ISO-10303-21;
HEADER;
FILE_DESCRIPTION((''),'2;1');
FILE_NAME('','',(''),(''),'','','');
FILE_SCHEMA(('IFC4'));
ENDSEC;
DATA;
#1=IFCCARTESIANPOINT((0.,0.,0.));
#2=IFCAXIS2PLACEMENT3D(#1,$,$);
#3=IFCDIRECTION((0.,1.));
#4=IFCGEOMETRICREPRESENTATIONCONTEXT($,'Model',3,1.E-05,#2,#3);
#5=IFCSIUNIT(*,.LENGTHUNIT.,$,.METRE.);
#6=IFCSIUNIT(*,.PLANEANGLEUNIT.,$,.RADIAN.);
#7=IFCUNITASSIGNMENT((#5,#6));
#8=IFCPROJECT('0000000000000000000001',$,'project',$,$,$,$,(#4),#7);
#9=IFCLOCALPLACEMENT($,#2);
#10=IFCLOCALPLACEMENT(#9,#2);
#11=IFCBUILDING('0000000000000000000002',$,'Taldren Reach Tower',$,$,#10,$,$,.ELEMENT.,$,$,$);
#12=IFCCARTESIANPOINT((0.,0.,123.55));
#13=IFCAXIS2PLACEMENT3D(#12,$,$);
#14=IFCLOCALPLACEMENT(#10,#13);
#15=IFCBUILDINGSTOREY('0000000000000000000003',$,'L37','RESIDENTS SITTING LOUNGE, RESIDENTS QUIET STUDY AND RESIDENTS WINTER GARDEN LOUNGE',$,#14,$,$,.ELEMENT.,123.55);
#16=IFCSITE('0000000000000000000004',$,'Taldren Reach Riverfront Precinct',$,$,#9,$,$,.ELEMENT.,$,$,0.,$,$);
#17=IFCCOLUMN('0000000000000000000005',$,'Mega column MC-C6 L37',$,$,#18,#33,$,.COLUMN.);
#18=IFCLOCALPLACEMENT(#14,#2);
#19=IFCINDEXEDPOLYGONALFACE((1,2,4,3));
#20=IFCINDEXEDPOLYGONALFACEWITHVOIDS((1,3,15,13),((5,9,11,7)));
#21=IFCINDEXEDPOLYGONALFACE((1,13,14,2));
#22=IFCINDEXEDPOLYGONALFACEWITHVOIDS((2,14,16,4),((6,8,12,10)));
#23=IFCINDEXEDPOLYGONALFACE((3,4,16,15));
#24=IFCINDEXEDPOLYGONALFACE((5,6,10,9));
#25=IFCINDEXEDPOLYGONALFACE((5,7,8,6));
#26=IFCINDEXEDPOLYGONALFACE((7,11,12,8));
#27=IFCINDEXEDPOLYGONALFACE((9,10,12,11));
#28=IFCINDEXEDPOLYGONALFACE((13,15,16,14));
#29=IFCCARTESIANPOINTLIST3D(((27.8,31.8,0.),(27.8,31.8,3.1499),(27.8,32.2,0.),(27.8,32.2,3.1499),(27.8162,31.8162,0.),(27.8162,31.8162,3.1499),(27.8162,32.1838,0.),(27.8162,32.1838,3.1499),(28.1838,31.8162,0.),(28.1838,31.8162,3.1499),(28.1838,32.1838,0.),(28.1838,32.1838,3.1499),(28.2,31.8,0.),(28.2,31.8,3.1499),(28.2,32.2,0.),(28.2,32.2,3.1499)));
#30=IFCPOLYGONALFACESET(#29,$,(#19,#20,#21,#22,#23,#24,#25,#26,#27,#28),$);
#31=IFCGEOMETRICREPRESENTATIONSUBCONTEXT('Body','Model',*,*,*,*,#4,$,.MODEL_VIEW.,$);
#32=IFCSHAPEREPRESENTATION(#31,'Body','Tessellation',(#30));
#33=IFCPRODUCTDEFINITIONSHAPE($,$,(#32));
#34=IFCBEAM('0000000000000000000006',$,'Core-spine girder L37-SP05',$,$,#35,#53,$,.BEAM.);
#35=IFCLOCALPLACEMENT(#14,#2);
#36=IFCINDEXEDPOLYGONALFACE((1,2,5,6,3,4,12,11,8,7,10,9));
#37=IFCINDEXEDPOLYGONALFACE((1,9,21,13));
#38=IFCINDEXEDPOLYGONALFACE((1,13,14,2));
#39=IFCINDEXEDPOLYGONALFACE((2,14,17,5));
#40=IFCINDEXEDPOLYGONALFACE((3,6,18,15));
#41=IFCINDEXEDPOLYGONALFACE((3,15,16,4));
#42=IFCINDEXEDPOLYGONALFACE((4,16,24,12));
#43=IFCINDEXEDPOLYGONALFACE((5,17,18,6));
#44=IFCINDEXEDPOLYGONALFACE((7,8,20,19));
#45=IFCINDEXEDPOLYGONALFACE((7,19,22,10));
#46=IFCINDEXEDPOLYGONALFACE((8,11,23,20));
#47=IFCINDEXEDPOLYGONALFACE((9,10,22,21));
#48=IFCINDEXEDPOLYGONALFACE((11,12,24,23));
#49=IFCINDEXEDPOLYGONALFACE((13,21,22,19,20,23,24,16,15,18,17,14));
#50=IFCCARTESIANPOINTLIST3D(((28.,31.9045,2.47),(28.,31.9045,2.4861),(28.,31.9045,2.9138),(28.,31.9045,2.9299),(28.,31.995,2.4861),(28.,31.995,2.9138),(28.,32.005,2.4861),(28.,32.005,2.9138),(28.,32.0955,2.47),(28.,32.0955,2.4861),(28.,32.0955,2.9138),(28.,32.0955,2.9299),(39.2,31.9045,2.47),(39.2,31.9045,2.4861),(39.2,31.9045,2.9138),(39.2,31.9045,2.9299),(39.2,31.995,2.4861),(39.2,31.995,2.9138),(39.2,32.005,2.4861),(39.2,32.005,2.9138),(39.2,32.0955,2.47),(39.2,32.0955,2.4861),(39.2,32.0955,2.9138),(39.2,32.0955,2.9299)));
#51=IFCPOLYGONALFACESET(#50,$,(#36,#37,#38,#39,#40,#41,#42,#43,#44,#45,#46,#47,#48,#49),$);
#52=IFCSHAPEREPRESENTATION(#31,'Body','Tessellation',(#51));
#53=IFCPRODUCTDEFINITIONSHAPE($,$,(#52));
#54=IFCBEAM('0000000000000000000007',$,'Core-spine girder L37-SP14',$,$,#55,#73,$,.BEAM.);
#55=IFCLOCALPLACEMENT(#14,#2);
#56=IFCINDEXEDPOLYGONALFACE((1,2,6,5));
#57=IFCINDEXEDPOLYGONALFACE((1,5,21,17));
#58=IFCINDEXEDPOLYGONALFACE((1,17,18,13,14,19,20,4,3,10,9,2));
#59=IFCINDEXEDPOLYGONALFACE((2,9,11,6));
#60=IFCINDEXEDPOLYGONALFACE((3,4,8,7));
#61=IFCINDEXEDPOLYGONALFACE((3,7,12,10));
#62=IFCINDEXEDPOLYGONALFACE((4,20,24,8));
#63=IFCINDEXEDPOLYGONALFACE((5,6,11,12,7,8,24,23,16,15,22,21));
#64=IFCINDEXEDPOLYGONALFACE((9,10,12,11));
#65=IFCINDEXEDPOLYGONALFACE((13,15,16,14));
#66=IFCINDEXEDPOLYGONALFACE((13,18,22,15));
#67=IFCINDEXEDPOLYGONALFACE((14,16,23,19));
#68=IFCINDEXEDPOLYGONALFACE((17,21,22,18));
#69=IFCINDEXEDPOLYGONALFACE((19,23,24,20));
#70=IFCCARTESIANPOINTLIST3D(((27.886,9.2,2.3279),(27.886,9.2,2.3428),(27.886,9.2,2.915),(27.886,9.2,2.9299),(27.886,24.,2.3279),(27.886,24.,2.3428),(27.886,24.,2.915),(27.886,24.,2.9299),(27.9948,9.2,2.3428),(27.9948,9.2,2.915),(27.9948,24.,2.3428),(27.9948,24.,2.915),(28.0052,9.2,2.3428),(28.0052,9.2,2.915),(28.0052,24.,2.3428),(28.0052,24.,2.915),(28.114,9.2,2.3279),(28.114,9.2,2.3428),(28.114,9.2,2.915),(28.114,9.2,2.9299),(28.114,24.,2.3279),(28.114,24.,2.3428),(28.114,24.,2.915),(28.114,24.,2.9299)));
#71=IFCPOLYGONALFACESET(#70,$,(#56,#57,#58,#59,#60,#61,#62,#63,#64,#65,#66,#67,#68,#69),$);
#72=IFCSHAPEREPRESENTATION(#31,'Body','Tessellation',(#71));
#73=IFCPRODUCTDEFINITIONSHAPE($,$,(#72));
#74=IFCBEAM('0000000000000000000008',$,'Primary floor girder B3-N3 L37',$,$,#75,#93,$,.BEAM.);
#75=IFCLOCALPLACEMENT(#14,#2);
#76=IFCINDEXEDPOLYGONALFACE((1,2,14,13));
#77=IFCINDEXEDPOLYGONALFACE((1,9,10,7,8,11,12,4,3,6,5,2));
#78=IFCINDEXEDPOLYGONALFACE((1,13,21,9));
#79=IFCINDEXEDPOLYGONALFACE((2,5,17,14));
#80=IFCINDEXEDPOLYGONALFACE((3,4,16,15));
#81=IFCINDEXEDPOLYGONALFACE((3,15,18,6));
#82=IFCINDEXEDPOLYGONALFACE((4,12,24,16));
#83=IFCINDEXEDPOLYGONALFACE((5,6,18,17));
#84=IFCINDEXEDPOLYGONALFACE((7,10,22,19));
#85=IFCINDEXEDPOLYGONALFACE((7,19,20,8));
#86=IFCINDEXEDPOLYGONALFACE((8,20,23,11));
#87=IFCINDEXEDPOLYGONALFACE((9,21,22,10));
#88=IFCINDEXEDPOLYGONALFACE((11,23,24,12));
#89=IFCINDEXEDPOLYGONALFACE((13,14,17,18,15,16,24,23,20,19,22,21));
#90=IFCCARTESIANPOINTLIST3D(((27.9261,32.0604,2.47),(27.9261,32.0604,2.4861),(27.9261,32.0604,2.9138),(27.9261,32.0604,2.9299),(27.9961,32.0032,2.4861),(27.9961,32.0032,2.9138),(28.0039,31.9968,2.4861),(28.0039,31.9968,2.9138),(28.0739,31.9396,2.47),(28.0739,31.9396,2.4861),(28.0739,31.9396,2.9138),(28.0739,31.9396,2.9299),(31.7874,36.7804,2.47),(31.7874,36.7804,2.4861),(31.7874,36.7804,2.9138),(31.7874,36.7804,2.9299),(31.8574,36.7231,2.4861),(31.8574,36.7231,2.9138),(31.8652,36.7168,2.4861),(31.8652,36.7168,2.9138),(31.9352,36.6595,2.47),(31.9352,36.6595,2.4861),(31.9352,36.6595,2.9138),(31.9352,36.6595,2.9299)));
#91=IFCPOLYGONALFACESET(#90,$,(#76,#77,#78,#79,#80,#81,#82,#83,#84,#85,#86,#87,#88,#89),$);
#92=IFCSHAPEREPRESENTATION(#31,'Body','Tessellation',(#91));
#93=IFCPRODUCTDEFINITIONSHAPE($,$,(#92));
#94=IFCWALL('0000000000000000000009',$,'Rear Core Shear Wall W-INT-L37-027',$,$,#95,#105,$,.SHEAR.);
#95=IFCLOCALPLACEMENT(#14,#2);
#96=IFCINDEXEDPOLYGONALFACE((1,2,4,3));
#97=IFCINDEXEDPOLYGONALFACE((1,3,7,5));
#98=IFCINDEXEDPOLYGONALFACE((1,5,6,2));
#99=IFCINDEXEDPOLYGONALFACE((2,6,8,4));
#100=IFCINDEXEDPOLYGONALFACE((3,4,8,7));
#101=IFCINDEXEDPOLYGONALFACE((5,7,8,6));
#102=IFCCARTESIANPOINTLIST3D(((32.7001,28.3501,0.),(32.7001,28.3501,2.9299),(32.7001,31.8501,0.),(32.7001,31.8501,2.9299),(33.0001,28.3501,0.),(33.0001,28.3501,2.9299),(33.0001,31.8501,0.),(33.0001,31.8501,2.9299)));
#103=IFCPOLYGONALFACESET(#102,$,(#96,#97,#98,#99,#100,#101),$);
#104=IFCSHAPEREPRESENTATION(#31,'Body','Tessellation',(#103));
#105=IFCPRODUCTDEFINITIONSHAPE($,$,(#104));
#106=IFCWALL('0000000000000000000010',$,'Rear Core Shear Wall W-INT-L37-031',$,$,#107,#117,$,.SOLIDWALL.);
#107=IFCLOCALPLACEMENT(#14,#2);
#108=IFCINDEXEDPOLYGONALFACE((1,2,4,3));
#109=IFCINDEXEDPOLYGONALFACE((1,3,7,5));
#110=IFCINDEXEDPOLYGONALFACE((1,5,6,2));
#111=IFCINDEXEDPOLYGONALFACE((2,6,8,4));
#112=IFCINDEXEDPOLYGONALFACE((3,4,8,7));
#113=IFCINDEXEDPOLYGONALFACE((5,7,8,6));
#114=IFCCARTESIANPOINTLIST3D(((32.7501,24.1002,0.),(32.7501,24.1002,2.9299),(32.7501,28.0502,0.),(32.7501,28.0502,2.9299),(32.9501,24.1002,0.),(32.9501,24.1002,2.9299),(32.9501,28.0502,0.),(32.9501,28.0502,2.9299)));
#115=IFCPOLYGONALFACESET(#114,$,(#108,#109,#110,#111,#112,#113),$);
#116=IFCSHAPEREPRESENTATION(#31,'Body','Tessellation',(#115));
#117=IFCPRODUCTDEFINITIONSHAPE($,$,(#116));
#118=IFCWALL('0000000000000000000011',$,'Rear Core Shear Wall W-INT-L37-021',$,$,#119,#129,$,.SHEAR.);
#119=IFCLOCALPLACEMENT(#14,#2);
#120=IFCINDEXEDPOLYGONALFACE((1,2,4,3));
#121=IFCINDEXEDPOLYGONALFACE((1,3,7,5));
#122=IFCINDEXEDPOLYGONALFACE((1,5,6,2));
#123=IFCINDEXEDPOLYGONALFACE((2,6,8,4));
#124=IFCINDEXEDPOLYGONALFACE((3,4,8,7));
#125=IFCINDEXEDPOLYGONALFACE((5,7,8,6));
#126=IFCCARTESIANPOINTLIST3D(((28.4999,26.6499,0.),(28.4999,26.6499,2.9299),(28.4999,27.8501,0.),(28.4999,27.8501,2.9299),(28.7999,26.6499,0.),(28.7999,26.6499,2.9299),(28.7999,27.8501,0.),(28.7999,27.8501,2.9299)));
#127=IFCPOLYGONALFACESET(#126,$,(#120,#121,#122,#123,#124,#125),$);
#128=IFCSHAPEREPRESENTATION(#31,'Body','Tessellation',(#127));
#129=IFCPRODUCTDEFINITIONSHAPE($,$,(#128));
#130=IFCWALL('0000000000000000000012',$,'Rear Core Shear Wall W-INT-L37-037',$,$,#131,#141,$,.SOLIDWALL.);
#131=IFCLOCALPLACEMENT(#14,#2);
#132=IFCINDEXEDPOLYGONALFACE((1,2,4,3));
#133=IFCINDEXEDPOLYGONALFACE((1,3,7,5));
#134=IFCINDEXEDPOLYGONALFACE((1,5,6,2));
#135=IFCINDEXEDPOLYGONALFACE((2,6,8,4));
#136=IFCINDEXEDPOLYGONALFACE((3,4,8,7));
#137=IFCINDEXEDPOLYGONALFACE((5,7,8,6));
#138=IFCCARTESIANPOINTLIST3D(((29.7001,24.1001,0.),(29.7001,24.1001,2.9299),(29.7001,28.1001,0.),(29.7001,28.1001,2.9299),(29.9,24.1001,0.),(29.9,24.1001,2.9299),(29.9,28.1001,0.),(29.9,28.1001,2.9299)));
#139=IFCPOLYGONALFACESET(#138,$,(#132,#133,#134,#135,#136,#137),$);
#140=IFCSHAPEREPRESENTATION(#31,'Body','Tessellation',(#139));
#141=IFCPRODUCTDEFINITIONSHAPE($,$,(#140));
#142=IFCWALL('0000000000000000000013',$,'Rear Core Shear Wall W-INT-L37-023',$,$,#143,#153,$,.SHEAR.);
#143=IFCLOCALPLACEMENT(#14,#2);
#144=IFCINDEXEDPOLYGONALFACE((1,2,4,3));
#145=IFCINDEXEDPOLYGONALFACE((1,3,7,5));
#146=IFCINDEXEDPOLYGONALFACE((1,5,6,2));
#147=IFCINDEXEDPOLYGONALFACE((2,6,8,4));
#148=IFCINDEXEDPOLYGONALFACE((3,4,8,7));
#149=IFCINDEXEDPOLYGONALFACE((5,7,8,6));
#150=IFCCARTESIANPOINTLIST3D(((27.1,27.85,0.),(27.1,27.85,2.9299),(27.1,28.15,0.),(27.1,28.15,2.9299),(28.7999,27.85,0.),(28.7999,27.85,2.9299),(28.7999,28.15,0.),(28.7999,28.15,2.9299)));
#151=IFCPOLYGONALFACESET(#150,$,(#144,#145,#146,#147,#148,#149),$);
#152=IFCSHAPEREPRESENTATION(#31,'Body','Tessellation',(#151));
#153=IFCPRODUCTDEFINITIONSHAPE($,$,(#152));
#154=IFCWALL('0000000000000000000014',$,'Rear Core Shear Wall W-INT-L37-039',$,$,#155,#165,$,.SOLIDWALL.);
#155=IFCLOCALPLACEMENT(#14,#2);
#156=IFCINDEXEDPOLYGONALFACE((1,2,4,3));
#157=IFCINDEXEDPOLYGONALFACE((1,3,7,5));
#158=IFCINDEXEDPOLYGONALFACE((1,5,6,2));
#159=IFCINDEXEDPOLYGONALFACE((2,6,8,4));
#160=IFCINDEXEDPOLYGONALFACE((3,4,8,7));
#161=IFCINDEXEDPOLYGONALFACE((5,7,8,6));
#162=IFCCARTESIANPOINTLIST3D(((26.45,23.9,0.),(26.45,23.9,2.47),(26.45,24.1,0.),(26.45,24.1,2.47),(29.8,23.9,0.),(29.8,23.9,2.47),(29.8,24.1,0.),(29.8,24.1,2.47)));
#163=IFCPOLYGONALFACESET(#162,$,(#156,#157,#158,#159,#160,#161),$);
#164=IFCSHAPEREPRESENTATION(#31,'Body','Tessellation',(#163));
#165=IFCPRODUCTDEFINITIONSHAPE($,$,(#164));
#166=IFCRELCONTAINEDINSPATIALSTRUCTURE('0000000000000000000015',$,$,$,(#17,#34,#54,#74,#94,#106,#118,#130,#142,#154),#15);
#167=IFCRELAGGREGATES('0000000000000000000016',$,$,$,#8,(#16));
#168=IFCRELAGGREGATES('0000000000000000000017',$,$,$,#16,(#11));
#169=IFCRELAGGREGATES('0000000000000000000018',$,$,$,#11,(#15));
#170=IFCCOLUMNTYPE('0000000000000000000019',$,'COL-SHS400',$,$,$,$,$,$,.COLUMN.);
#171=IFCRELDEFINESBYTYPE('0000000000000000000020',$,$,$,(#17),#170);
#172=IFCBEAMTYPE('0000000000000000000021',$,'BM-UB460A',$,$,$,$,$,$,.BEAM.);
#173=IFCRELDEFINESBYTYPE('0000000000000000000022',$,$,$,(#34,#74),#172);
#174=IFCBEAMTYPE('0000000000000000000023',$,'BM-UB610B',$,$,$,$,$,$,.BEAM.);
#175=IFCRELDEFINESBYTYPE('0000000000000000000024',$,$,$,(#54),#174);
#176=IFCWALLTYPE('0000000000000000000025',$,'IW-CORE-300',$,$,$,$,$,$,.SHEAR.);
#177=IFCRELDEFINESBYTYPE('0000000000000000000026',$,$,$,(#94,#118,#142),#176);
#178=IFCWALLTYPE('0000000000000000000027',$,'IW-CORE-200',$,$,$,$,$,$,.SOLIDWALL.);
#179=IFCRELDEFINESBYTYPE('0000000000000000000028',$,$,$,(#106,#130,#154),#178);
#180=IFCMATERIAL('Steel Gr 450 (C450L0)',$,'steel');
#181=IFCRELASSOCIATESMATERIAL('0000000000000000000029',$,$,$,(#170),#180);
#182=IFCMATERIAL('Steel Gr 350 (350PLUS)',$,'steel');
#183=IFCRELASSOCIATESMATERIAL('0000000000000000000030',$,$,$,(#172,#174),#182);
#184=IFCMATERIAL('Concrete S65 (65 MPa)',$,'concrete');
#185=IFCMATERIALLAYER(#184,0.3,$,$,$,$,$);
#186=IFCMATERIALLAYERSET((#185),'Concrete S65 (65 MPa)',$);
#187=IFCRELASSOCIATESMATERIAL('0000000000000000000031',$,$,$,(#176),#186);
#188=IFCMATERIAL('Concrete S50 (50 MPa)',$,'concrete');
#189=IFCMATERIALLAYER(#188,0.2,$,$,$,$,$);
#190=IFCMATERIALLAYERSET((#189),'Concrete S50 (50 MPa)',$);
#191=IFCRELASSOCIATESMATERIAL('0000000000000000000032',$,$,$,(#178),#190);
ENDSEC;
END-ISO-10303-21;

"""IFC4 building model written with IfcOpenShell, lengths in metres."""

from ifc_helpers import new_model, si_unit, direction, frame, frame_2d, origin, origin_2d, place, context, subcontext, project, spatial, rectangle, hollow_rectangle, i_section, extrude, source, transform, mapped, material, layer, layer_set, material_profile, profile_set, type_object, element, save


model = new_model("IFC4")

# Units and contexts
model_context = context("Model", 3, precision=1e-05, world=origin(), true_north=direction((0.0, 1.0)))
body_context = subcontext(model_context, "Body", "Model", "MODEL_VIEW")
ifc_project = project(units=[si_unit("LENGTHUNIT", "METRE"), si_unit("PLANEANGLEUNIT", "RADIAN")], contexts=[model_context])

# Site, building, storey
site_placement = place(None, origin())
site = spatial("IfcSite", under=ifc_project, at=site_placement, Name="Taldren Reach Riverfront Precinct", CompositionType="ELEMENT", RefElevation=0.0)
building_placement = place(site_placement, origin())
building = spatial("IfcBuilding", under=site, at=building_placement, Name="Taldren Reach Tower", CompositionType="ELEMENT")
storey_placement = place(building_placement, frame((0.0, 0.0, 123.55)))
storey = spatial("IfcBuildingStorey", under=building, at=storey_placement, Name="L37", Description="RESIDENTS SITTING LOUNGE, RESIDENTS QUIET STUDY AND RESIDENTS WINTER GARDEN LOUNGE", CompositionType="ELEMENT", Elevation=123.55)

# Column
ifc_material_1 = material(Name="Steel Gr 450 (C450L0)", Category="steel")
ifc_material_profile_1 = material_profile(ifc_material_1, hollow_rectangle(XDim=0.3999, YDim=0.3999, WallThickness=0.0161, at=origin_2d()), Name="400x400x16.0SHS")
ifc_profile_set_1 = profile_set([ifc_material_profile_1], Name="Steel Gr 450 (C450L0)")
column_type = type_object("IfcColumnType", Name="COL-SHS400", PredefinedType="COLUMN", material=ifc_profile_set_1)
shared_shape_1 = source(origin(), body_context, "Body", "SweptSolid", [
    extrude(hollow_rectangle(XDim=0.3999, YDim=0.3999, WallThickness=0.0161, at=origin_2d()), origin(), (0.0, 0.0, 1.0), 3.1499),
])
column_placement = place(storey_placement, frame((28.0, 32.0, 0.0), z_axis=(0.0, 0.0, 1.0), x_axis=(1.0, 0.0, 0.0)))
element("IfcColumn", 1, at=column_placement, inside=storey, type_object=column_type, Name="Mega column MC-C6 L37", PredefinedType="COLUMN", context=body_context, shape_type="MappedRepresentation", body=[
    mapped(shared_shape_1, transform((0.0, 0.0, 0.0), scale=1.0)),
])

# Beams
ifc_material_2 = material(Name="Steel Gr 350 (350PLUS)", Category="steel")
ifc_material_profile_2 = material_profile(ifc_material_2, i_section(OverallWidth=0.1909, OverallDepth=0.46, WebThickness=0.01, FlangeThickness=0.0161, at=origin_2d()), Name="460UB82.1")
ifc_profile_set_2 = profile_set([ifc_material_profile_2], Name="Steel Gr 350 (350PLUS)")
beam_type_1 = type_object("IfcBeamType", Name="BM-UB460A", PredefinedType="BEAM", material=ifc_profile_set_2)
shared_shape_2 = source(origin(), body_context, "Body", "SweptSolid", [
    extrude(i_section(OverallWidth=0.1909, OverallDepth=0.46, WebThickness=0.01, FlangeThickness=0.0161, at=origin_2d()), origin(), (0.0, 0.0, 1.0), 11.2),
])
beam_1_placement = place(storey_placement, frame((28.0, 32.0, 2.7), z_axis=(1.0, 0.0, 0.0), x_axis=(0.0, 1.0, 0.0)))
element("IfcBeam", 2, at=beam_1_placement, inside=storey, type_object=beam_type_1, Name="Core-spine girder L37-SP05", PredefinedType="BEAM", context=body_context, shape_type="MappedRepresentation", body=[
    mapped(shared_shape_2, transform((0.0, 0.0, 0.0), scale=1.0)),
])
ifc_material_profile_3 = material_profile(ifc_material_2, i_section(OverallWidth=0.228, OverallDepth=0.6021, WebThickness=0.0105, FlangeThickness=0.0149, at=origin_2d()), Name="610UB101")
ifc_profile_set_3 = profile_set([ifc_material_profile_3], Name="Steel Gr 350 (350PLUS)")
beam_type_2 = type_object("IfcBeamType", Name="BM-UB610B", PredefinedType="BEAM", material=ifc_profile_set_3)
shared_shape_3 = source(origin(), body_context, "Body", "SweptSolid", [
    extrude(i_section(OverallWidth=0.228, OverallDepth=0.6021, WebThickness=0.0105, FlangeThickness=0.0149, at=origin_2d()), origin(), (0.0, 0.0, 1.0), 14.8),
])
beam_2_placement = place(storey_placement, frame((28.0, 24.0, 2.6289), z_axis=(0.0, -1.0, 0.0), x_axis=(1.0, 0.0, 0.0)))
element("IfcBeam", 3, at=beam_2_placement, inside=storey, type_object=beam_type_2, Name="Core-spine girder L37-SP14", PredefinedType="BEAM", context=body_context, shape_type="MappedRepresentation", body=[
    mapped(shared_shape_3, transform((0.0, 0.0, 0.0), scale=1.0)),
])
shared_shape_4 = source(origin(), body_context, "Body", "SweptSolid", [
    extrude(i_section(OverallWidth=0.1909, OverallDepth=0.46, WebThickness=0.01, FlangeThickness=0.0161, at=origin_2d()), origin(), (0.0, 0.0, 1.0), 6.0981),
])
beam_3_placement = place(storey_placement, frame((28.0, 32.0, 2.7), z_axis=(0.633192, 0.773995, 0.0), x_axis=(-0.773995, 0.633192, 0.0)))
element("IfcBeam", 4, at=beam_3_placement, inside=storey, type_object=beam_type_1, Name="Primary floor girder B3-N3 L37", PredefinedType="BEAM", context=body_context, shape_type="MappedRepresentation", body=[
    mapped(shared_shape_4, transform((0.0, 0.0, 0.0), scale=1.0)),
])

# Walls
ifc_material_3 = material(Name="Concrete S65 (65 MPa)", Category="concrete")
ifc_layer_1 = layer(ifc_material_3, 0.3)
ifc_layer_set_1 = layer_set([ifc_layer_1], Name="Concrete S65 (65 MPa)")
wall_type_1 = type_object("IfcWallType", Name="IW-CORE-300", PredefinedType="SHEAR", material=ifc_layer_set_1)
shared_shape_5 = source(origin(), body_context, "Body", "SweptSolid", [
    extrude(rectangle(XDim=3.5, YDim=0.3, at=frame_2d((1.75, 0.0))), origin(), (0.0, 0.0, 1.0), 2.9299),
])
wall_1_placement = place(storey_placement, frame((32.8501, 31.8501, 0.0), z_axis=(0.0, 0.0, 1.0), x_axis=(0.0, -1.0, 0.0)))
element("IfcWall", 5, at=wall_1_placement, inside=storey, type_object=wall_type_1, Name="Rear Core Shear Wall W-INT-L37-027", PredefinedType="SHEAR", context=body_context, shape_type="MappedRepresentation", body=[
    mapped(shared_shape_5, transform((0.0, 0.0, 0.0), scale=1.0)),
])
ifc_material_4 = material(Name="Concrete S50 (50 MPa)", Category="concrete")
ifc_layer_2 = layer(ifc_material_4, 0.2)
ifc_layer_set_2 = layer_set([ifc_layer_2], Name="Concrete S50 (50 MPa)")
wall_type_2 = type_object("IfcWallType", Name="IW-CORE-200", PredefinedType="SOLIDWALL", material=ifc_layer_set_2)
shared_shape_6 = source(origin(), body_context, "Body", "SweptSolid", [
    extrude(rectangle(XDim=3.95, YDim=0.2, at=frame_2d((1.9751, 0.0))), origin(), (0.0, 0.0, 1.0), 2.9299),
])
wall_2_placement = place(storey_placement, frame((32.8501, 24.1001, 0.0), z_axis=(0.0, 0.0, 1.0), x_axis=(0.0, 1.0, 0.0)))
element("IfcWall", 6, at=wall_2_placement, inside=storey, type_object=wall_type_2, Name="Rear Core Shear Wall W-INT-L37-031", PredefinedType="SOLIDWALL", context=body_context, shape_type="MappedRepresentation", body=[
    mapped(shared_shape_6, transform((0.0, 0.0, 0.0), scale=1.0)),
])
shared_shape_7 = source(origin(), body_context, "Body", "SweptSolid", [
    extrude(rectangle(XDim=1.2002, YDim=0.3, at=frame_2d((0.6001, 0.0))), origin(), (0.0, 0.0, 1.0), 2.9299),
])
wall_3_placement = place(storey_placement, frame((28.6499, 26.6499, 0.0), z_axis=(0.0, 0.0, 1.0), x_axis=(0.0, 1.0, 0.0)))
element("IfcWall", 7, at=wall_3_placement, inside=storey, type_object=wall_type_1, Name="Rear Core Shear Wall W-INT-L37-021", PredefinedType="SHEAR", context=body_context, shape_type="MappedRepresentation", body=[
    mapped(shared_shape_7, transform((0.0, 0.0, 0.0), scale=1.0)),
])

# Walls
shared_shape_8 = source(origin(), body_context, "Body", "SweptSolid", [
    extrude(rectangle(XDim=4.0, YDim=0.2, at=frame_2d((2.0, 0.0))), origin(), (0.0, 0.0, 1.0), 2.9299),
])
wall_4_placement = place(storey_placement, frame((29.8, 28.1001, 0.0), z_axis=(0.0, 0.0, 1.0), x_axis=(0.0, -1.0, 0.0)))
element("IfcWall", 8, at=wall_4_placement, inside=storey, type_object=wall_type_2, Name="Rear Core Shear Wall W-INT-L37-037", PredefinedType="SOLIDWALL", context=body_context, shape_type="MappedRepresentation", body=[
    mapped(shared_shape_8, transform((0.0, 0.0, 0.0), scale=1.0)),
])
shared_shape_9 = source(origin(), body_context, "Body", "SweptSolid", [
    extrude(rectangle(XDim=1.7, YDim=0.3, at=frame_2d((0.8501, 0.0))), origin(), (0.0, 0.0, 1.0), 2.9299),
])
wall_5_placement = place(storey_placement, frame((28.8, 28.0, 0.0), z_axis=(0.0, 0.0, 1.0), x_axis=(-1.0, 0.0, 0.0)))
element("IfcWall", 9, at=wall_5_placement, inside=storey, type_object=wall_type_1, Name="Rear Core Shear Wall W-INT-L37-023", PredefinedType="SHEAR", context=body_context, shape_type="MappedRepresentation", body=[
    mapped(shared_shape_9, transform((0.0, 0.0, 0.0), scale=1.0)),
])
shared_shape_10 = source(origin(), body_context, "Body", "SweptSolid", [
    extrude(rectangle(XDim=3.3501, YDim=0.2, at=frame_2d((1.675, 0.0))), origin(), (0.0, 0.0, 1.0), 2.47),
])
wall_6_placement = place(storey_placement, frame((29.8, 24.0, 0.0), z_axis=(0.0, 0.0, 1.0), x_axis=(-1.0, 0.0, 0.0)))
element("IfcWall", 10, at=wall_6_placement, inside=storey, type_object=wall_type_2, Name="Rear Core Shear Wall W-INT-L37-039", PredefinedType="SOLIDWALL", context=body_context, shape_type="MappedRepresentation", body=[
    mapped(shared_shape_10, transform((0.0, 0.0, 0.0), scale=1.0)),
])

save(model, "model.ifc")
